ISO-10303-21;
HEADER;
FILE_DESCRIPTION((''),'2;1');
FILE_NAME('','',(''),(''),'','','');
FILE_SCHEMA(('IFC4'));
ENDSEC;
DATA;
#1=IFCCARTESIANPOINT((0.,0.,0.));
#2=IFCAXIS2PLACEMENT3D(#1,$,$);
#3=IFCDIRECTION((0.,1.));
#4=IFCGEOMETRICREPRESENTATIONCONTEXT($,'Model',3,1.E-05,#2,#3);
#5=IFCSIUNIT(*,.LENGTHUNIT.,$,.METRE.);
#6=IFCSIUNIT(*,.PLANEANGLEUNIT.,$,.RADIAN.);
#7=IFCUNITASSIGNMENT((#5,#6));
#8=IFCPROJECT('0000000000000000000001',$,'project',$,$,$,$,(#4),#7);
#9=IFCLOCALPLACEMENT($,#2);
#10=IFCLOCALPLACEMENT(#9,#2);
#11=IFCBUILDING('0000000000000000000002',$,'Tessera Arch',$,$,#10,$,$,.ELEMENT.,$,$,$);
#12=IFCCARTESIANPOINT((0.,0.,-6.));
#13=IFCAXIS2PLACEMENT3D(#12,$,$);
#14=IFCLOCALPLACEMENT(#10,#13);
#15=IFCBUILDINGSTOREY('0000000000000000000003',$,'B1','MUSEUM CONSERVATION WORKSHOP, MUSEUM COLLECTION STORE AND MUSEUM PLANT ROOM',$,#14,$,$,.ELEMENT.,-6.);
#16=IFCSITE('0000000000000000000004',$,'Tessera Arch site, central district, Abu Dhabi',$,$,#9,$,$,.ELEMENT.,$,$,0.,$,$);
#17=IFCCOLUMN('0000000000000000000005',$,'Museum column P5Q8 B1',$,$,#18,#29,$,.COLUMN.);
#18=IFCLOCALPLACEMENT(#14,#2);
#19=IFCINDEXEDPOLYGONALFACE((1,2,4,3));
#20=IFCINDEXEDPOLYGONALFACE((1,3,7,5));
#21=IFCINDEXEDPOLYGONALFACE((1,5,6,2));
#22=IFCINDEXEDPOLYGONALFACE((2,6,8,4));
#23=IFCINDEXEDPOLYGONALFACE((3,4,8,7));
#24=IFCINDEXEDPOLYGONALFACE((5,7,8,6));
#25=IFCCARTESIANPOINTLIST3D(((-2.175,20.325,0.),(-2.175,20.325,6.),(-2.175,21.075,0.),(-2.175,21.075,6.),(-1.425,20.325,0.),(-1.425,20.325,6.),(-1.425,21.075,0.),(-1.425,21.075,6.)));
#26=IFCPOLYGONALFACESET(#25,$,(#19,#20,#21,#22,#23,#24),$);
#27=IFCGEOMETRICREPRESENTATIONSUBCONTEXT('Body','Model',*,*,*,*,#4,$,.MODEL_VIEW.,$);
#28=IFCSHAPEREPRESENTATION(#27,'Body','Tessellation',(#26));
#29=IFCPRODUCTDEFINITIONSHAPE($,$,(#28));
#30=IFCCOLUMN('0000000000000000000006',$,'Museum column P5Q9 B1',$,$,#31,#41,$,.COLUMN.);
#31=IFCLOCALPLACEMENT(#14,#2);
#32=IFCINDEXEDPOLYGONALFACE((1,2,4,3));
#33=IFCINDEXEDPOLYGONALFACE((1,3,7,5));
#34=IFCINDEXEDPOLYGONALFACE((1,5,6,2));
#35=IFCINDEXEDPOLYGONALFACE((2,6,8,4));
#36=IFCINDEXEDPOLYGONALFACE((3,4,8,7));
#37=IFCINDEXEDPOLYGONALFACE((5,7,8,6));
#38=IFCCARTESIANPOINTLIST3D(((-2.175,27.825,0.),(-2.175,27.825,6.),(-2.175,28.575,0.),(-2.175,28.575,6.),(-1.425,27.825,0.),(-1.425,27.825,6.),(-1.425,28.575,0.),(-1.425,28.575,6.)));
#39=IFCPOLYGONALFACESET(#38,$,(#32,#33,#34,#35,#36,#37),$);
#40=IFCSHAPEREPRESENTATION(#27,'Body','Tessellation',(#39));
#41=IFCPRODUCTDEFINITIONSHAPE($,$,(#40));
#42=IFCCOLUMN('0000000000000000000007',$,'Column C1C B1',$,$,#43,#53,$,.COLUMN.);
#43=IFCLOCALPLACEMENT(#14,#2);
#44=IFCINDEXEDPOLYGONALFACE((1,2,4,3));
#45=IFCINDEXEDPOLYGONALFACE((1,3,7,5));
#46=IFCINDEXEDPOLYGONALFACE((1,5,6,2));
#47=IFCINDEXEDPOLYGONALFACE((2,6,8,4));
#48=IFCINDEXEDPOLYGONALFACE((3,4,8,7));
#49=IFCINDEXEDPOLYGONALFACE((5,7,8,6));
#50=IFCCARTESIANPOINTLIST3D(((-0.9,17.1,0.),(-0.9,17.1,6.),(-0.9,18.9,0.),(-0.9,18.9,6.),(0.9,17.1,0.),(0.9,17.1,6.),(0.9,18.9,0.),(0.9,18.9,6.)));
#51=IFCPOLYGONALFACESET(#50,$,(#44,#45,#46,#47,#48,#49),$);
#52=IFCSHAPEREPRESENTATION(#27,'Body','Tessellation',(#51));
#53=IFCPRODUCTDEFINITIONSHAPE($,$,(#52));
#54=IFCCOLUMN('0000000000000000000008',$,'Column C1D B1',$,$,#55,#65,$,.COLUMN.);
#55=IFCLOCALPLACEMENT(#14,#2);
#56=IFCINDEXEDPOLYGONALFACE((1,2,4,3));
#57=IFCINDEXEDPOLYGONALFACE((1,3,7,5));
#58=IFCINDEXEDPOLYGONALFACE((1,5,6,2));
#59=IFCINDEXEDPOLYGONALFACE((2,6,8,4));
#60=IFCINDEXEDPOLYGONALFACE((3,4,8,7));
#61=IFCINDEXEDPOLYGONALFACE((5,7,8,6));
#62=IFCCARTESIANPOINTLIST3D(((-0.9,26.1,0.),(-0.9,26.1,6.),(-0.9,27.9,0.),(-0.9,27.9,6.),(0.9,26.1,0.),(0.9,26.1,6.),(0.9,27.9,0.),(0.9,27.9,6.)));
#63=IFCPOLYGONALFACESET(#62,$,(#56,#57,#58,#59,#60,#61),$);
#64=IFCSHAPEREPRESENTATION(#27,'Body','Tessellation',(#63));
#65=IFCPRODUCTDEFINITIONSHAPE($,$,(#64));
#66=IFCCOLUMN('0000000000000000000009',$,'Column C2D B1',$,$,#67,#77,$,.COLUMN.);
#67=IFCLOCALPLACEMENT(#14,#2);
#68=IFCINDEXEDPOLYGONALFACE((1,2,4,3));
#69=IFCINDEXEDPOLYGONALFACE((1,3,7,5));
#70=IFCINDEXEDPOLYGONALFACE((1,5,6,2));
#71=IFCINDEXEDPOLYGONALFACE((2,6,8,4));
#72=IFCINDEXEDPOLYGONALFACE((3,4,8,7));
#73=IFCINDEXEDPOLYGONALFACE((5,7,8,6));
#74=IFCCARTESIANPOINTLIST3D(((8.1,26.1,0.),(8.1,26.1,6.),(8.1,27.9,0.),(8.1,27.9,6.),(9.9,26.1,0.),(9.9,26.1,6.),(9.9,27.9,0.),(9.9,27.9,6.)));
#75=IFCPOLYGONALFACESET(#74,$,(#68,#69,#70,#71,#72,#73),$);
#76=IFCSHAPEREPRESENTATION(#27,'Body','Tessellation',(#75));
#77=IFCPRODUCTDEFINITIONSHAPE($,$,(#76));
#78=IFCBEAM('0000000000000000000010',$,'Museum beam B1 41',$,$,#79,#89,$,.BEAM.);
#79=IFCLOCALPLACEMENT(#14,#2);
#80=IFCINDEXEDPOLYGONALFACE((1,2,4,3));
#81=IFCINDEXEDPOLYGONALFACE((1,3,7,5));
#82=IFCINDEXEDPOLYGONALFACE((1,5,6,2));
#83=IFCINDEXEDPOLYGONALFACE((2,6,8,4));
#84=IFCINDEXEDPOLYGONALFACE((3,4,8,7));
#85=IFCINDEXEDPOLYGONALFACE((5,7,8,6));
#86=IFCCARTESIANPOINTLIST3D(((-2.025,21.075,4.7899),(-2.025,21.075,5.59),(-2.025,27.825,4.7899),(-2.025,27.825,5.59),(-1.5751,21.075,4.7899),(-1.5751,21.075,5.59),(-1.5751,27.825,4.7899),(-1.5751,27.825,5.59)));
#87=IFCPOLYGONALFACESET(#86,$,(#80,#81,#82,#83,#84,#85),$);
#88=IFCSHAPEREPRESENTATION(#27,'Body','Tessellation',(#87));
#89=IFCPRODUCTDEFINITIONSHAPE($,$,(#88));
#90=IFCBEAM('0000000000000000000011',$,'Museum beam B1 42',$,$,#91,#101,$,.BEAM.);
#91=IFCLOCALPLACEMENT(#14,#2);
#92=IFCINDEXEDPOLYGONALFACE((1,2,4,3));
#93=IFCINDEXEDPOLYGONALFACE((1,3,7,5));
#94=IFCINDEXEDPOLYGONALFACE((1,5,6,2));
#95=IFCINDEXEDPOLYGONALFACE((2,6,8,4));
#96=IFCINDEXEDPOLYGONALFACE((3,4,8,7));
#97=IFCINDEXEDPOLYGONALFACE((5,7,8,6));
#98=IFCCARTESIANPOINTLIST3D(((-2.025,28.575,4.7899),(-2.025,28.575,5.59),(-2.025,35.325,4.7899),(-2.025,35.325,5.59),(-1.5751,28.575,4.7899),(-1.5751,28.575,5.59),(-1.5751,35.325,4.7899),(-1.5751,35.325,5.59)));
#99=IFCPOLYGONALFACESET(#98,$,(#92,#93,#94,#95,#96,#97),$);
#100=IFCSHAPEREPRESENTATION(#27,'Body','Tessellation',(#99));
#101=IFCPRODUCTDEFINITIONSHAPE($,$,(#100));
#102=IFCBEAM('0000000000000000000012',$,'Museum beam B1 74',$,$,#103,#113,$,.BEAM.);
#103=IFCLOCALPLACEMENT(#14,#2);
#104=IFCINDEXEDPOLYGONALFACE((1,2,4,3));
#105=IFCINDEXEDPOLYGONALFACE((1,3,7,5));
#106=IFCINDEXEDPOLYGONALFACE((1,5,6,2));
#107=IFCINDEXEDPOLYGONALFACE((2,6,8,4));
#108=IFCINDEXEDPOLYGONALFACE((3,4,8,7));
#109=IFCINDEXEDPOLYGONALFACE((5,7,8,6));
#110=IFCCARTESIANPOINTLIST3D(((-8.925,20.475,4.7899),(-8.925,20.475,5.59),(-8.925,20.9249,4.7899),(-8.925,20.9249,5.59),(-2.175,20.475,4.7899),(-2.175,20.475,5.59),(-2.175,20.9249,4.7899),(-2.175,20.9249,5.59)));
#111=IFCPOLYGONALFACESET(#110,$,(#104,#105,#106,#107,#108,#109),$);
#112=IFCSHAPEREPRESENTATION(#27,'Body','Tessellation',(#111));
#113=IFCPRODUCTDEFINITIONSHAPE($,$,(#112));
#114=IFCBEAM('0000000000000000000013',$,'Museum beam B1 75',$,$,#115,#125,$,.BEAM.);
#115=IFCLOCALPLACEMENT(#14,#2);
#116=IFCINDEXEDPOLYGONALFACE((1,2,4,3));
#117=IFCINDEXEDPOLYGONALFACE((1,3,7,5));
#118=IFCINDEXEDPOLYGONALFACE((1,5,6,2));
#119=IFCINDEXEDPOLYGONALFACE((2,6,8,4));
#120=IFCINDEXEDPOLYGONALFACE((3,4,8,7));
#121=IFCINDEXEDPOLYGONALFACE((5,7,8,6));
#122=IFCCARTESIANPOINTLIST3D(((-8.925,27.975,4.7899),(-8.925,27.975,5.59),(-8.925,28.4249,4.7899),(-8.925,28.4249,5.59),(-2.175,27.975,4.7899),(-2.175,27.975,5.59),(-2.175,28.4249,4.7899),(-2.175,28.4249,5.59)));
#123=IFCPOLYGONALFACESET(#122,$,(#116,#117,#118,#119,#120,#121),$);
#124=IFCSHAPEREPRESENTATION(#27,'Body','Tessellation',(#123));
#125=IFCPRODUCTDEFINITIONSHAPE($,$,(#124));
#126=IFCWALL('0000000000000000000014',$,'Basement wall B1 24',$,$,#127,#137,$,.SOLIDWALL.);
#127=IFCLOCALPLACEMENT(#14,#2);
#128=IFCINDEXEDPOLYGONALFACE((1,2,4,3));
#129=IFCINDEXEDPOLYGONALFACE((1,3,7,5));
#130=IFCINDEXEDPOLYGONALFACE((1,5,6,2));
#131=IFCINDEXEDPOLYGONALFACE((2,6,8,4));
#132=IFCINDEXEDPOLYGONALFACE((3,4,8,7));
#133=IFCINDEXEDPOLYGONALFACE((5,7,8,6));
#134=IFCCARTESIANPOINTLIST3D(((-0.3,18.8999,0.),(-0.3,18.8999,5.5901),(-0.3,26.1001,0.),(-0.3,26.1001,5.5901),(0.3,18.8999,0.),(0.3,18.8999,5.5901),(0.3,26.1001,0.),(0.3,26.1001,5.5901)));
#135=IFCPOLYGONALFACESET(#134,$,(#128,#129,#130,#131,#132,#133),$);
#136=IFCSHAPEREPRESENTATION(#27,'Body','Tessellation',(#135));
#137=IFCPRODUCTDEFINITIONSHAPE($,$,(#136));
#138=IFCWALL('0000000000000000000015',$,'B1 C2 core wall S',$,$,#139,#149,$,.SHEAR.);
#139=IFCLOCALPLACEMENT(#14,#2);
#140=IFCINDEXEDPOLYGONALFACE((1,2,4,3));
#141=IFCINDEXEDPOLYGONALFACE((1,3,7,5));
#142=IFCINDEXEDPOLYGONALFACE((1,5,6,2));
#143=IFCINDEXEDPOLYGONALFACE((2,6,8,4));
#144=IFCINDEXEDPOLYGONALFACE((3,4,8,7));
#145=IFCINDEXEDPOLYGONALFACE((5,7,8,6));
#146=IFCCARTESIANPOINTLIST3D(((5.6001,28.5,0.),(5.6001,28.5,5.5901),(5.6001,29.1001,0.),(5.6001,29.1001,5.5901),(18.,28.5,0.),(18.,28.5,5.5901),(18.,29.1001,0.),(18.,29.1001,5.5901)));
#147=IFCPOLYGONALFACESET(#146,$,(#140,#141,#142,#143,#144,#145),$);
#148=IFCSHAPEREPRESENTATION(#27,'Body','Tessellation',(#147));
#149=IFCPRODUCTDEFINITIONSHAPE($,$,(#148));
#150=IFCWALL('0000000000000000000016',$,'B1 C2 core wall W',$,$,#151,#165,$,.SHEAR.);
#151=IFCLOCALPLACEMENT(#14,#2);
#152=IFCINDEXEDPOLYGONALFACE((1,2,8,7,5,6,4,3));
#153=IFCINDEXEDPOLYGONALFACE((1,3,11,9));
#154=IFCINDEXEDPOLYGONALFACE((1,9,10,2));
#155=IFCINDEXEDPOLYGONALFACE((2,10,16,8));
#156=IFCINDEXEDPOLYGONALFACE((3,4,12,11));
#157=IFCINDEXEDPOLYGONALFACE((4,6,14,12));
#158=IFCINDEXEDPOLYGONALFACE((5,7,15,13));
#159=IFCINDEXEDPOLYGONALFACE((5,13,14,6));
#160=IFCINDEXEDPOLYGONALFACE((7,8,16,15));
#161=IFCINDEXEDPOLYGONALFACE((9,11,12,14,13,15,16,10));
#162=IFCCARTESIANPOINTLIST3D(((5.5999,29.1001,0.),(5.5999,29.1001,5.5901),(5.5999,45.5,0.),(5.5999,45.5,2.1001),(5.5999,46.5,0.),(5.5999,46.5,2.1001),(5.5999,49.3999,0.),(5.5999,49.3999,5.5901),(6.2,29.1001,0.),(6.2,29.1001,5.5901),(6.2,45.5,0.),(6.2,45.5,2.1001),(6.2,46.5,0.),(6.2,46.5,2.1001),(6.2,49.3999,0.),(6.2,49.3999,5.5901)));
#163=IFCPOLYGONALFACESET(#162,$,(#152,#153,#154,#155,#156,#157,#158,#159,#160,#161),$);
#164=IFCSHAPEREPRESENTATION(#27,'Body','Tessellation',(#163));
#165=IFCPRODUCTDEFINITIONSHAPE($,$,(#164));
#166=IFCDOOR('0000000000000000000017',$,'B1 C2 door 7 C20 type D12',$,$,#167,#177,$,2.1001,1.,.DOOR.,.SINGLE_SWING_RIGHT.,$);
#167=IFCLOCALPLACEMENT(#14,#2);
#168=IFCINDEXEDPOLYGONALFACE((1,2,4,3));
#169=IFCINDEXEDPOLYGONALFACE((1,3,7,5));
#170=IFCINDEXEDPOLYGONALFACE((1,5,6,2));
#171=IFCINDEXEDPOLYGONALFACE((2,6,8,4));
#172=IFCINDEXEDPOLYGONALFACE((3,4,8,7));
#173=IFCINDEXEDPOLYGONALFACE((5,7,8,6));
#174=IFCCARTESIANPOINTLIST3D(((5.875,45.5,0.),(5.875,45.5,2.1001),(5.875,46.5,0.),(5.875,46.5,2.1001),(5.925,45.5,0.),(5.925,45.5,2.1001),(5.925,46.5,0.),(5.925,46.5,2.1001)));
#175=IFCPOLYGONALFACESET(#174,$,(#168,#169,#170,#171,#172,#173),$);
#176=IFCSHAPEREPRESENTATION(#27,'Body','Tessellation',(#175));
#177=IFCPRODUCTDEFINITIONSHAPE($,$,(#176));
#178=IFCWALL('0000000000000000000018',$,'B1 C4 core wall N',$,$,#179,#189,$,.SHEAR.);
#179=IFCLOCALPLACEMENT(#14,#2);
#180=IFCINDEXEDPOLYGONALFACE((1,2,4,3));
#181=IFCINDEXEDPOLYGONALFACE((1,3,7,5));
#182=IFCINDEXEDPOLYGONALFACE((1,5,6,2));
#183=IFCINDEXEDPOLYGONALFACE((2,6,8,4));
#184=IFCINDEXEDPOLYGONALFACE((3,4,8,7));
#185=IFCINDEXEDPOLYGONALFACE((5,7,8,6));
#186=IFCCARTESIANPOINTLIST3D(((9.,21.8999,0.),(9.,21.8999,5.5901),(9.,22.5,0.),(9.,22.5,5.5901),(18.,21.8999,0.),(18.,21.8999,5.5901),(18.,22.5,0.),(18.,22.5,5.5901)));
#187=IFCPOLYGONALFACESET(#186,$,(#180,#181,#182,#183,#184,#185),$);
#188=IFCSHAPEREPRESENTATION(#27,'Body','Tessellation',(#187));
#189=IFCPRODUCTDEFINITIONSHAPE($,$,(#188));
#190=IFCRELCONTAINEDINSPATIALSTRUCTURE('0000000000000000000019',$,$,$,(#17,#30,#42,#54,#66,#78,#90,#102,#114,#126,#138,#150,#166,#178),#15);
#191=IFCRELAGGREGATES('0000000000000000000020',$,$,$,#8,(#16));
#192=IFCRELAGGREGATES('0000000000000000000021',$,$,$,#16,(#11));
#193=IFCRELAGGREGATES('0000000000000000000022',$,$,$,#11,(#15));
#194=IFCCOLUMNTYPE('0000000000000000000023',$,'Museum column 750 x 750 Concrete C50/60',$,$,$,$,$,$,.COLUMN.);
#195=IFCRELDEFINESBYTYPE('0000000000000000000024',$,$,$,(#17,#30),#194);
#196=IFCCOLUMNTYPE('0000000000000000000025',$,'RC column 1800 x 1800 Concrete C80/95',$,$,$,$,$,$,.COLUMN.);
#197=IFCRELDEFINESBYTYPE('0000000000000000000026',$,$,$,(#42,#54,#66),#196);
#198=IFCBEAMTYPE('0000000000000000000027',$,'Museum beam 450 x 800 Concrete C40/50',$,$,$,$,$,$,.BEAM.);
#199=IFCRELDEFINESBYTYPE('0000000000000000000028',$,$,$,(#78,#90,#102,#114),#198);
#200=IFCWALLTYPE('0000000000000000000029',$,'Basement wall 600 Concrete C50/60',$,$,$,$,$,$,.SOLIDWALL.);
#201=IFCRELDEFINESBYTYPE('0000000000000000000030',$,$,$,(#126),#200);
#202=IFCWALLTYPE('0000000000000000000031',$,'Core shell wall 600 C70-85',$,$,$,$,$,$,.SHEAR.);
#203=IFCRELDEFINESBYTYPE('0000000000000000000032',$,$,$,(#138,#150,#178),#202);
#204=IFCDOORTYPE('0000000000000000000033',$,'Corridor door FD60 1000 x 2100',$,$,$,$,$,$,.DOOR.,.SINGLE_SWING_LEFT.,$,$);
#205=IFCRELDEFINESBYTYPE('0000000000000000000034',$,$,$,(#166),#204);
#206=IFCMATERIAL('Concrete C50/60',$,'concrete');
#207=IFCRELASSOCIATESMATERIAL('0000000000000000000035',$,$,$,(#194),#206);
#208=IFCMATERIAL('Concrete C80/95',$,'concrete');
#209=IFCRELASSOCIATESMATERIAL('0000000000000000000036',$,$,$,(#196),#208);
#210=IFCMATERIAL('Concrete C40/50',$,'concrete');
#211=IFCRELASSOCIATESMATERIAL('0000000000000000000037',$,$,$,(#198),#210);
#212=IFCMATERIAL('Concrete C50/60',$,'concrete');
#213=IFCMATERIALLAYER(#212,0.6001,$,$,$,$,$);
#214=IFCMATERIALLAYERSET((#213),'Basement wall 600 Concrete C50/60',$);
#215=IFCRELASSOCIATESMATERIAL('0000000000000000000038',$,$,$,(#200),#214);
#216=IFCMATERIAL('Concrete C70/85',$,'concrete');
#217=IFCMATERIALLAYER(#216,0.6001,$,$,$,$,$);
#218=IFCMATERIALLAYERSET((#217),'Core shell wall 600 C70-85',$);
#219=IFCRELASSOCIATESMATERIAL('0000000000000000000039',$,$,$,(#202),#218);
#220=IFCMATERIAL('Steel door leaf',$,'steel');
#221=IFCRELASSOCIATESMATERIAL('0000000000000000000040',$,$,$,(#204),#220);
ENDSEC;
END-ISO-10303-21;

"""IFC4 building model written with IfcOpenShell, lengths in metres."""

from ifc_helpers import new_model, si_unit, direction, frame, frame_2d, origin, origin_2d, place, context, subcontext, project, spatial, rectangle, extrude, material, layer, layer_set, material_profile, profile_set, type_object, element, fill, save


model = new_model("IFC4")

# Units and contexts
model_context = context("Model", 3, precision=1e-05, world=origin(), true_north=direction((0.0, 1.0)))
body_context = subcontext(model_context, "Body", "Model", "MODEL_VIEW")
ifc_project = project(units=[si_unit("LENGTHUNIT", "METRE"), si_unit("PLANEANGLEUNIT", "RADIAN")], contexts=[model_context])

# Site, building, storey
site_placement = place(None, origin())
site = spatial("IfcSite", under=ifc_project, at=site_placement, Name="Tessera Arch site, central district, Abu Dhabi", CompositionType="ELEMENT", RefElevation=0.0)
building_placement = place(site_placement, origin())
building = spatial("IfcBuilding", under=site, at=building_placement, Name="Tessera Arch", CompositionType="ELEMENT")
storey_placement = place(building_placement, frame((0.0, 0.0, -6.0)))
storey = spatial("IfcBuildingStorey", under=building, at=storey_placement, Name="B1", Description="MUSEUM CONSERVATION WORKSHOP, MUSEUM COLLECTION STORE AND MUSEUM PLANT ROOM", CompositionType="ELEMENT", Elevation=-6.0)

# Columns
ifc_material_1 = material(Name="Concrete C50/60", Category="concrete")
ifc_material_profile_1 = material_profile(ifc_material_1, rectangle(XDim=0.75, YDim=0.75, at=origin_2d()), Name="Museum column 750 x 750 Concrete C50/60")
ifc_profile_set_1 = profile_set([ifc_material_profile_1], Name="Concrete C50/60")
column_type_1 = type_object("IfcColumnType", Name="Museum column 750 x 750 Concrete C50/60", PredefinedType="COLUMN", material=ifc_profile_set_1)
for number, where, z_axis, x_axis, name in (
    (1, (-1.8, 20.7, 0.0), (0.0, 0.0, 1.0), (1.0, 0.0, 0.0), "Museum column P5Q8 B1"),
    (2, (-1.8, 28.2, 0.0), (0.0, 0.0, 1.0), (1.0, 0.0, 0.0), "Museum column P5Q9 B1"),
):
    element("IfcColumn", number, at=place(storey_placement, frame(where, z_axis=z_axis, x_axis=x_axis)), inside=storey, type_object=column_type_1, Name=name, PredefinedType="COLUMN", context=body_context, shape_type="SweptSolid", body=[
        extrude(rectangle(XDim=0.75, YDim=0.75, at=origin_2d()), origin(), (0.0, 0.0, 1.0), 6.0),
    ])
ifc_material_2 = material(Name="Concrete C80/95", Category="concrete")
ifc_material_profile_2 = material_profile(ifc_material_2, rectangle(XDim=1.8, YDim=1.8, at=origin_2d()), Name="RC column 1800 x 1800 Concrete C80/95")
ifc_profile_set_2 = profile_set([ifc_material_profile_2], Name="Concrete C80/95")
column_type_2 = type_object("IfcColumnType", Name="RC column 1800 x 1800 Concrete C80/95", PredefinedType="COLUMN", material=ifc_profile_set_2)
for number, where, z_axis, x_axis, name in (
    (3, (0.0, 18.0, 0.0), (0.0, 0.0, 1.0), (1.0, 0.0, 0.0), "Column C1C B1"),
    (4, (0.0, 27.0, 0.0), (0.0, 0.0, 1.0), (1.0, 0.0, 0.0), "Column C1D B1"),
    (5, (9.0, 27.0, 0.0), (0.0, 0.0, 1.0), (1.0, 0.0, 0.0), "Column C2D B1"),
):
    element("IfcColumn", number, at=place(storey_placement, frame(where, z_axis=z_axis, x_axis=x_axis)), inside=storey, type_object=column_type_2, Name=name, PredefinedType="COLUMN", context=body_context, shape_type="SweptSolid", body=[
        extrude(rectangle(XDim=1.8, YDim=1.8, at=origin_2d()), origin(), (0.0, 0.0, 1.0), 6.0),
    ])

# Beams
ifc_material_3 = material(Name="Concrete C40/50", Category="concrete")
ifc_material_profile_3 = material_profile(ifc_material_3, rectangle(XDim=0.45, YDim=0.8, at=origin_2d()), Name="Museum beam 450 x 800 Concrete C40/50")
ifc_profile_set_3 = profile_set([ifc_material_profile_3], Name="Concrete C40/50")
beam_type = type_object("IfcBeamType", Name="Museum beam 450 x 800 Concrete C40/50", PredefinedType="BEAM", material=ifc_profile_set_3)
for number, where, z_axis, x_axis, name in (
    (6, (-1.8, 21.075, 5.1899), (0.0, 1.0, 0.0), (-1.0, 0.0, 0.0), "Museum beam B1 41"),
    (7, (-1.8, 28.575, 5.1899), (0.0, 1.0, 0.0), (-1.0, 0.0, 0.0), "Museum beam B1 42"),
    (8, (-8.925, 20.7, 5.1899), (1.0, 0.0, 0.0), (0.0, 1.0, 0.0), "Museum beam B1 74"),
    (9, (-8.925, 28.2, 5.1899), (1.0, 0.0, 0.0), (0.0, 1.0, 0.0), "Museum beam B1 75"),
):
    element("IfcBeam", number, at=place(storey_placement, frame(where, z_axis=z_axis, x_axis=x_axis)), inside=storey, type_object=beam_type, Name=name, PredefinedType="BEAM", context=body_context, shape_type="SweptSolid", body=[
        extrude(rectangle(XDim=0.45, YDim=0.8, at=origin_2d()), origin(), (0.0, 0.0, 1.0), 6.75),
    ])

# Walls
ifc_material_4 = material(Name="Concrete C50/60", Category="concrete")
ifc_layer_1 = layer(ifc_material_4, 0.6001)
ifc_layer_set_1 = layer_set([ifc_layer_1], Name="Basement wall 600 Concrete C50/60")
wall_type_1 = type_object("IfcWallType", Name="Basement wall 600 Concrete C50/60", PredefinedType="SOLIDWALL", material=ifc_layer_set_1)
wall_1_placement = place(storey_placement, frame((0.0, 26.1001, 0.0), z_axis=(0.0, 0.0, 1.0), x_axis=(0.0, -1.0, 0.0)))
element("IfcWall", 10, at=wall_1_placement, inside=storey, type_object=wall_type_1, Name="Basement wall B1 24", PredefinedType="SOLIDWALL", context=body_context, shape_type="SweptSolid", body=[
    extrude(rectangle(XDim=7.2002, YDim=0.6001, at=frame_2d((3.6001, 0.0))), origin(), (0.0, 0.0, 1.0), 5.5901),
])
ifc_material_5 = material(Name="Concrete C70/85", Category="concrete")
ifc_layer_2 = layer(ifc_material_5, 0.6001)
ifc_layer_set_2 = layer_set([ifc_layer_2], Name="Core shell wall 600 C70-85")
wall_type_2 = type_object("IfcWallType", Name="Core shell wall 600 C70-85", PredefinedType="SHEAR", material=ifc_layer_set_2)
wall_2_placement = place(storey_placement, frame((5.6001, 28.8, 0.0), z_axis=(0.0, 0.0, 1.0), x_axis=(1.0, 0.0, 0.0)))
element("IfcWall", 11, at=wall_2_placement, inside=storey, type_object=wall_type_2, Name="B1 C2 core wall S", PredefinedType="SHEAR", context=body_context, shape_type="SweptSolid", body=[
    extrude(rectangle(XDim=12.3999, YDim=0.6001, at=frame_2d((6.2, 0.0))), origin(), (0.0, 0.0, 1.0), 5.5901),
])

# Wall, opening, door
wall_3_placement = place(storey_placement, frame((5.8999, 29.1001, 0.0), z_axis=(0.0, 0.0, 1.0), x_axis=(0.0, 1.0, 0.0)))
wall_3 = element("IfcWall", 12, at=wall_3_placement, inside=storey, type_object=wall_type_2, Name="B1 C2 core wall W", PredefinedType="SHEAR", context=body_context, shape_type="SweptSolid", body=[
    extrude(rectangle(XDim=20.2998, YDim=0.6001, at=frame_2d((10.1499, 0.0))), origin(), (0.0, 0.0, 1.0), 5.5901),
])
opening_1_placement = place(wall_3_placement, frame((16.3999, 0.0, 0.0)))
opening_1 = element("IfcOpeningElement", 13, at=opening_1_placement, cuts=wall_3, PredefinedType="OPENING", context=body_context, shape_type="SweptSolid", body=[
    extrude(rectangle(XDim=1.0, YDim=2.1001, at=frame_2d((0.5, 1.05))), frame((0.0, 0.3101, 0.0), z_axis=(0.0, -1.0, 0.0), x_axis=(1.0, 0.0, 0.0)), (0.0, 0.0, 1.0), 0.6201),
])
ifc_material_6 = material(Name="Steel door leaf", Category="steel")
door_type_1 = type_object("IfcDoorType", Name="Corridor door FD60 1000 x 2100", OperationType="SINGLE_SWING_LEFT", PredefinedType="DOOR", material=ifc_material_6)
door_1_placement = place(opening_1_placement, origin())
door_1 = element("IfcDoor", 14, at=door_1_placement, inside=storey, type_object=door_type_1, Name="B1 C2 door 7 C20 type D12", OperationType="SINGLE_SWING_RIGHT", OverallHeight=2.1001, OverallWidth=1.0, PredefinedType="DOOR", context=body_context, shape_type="SweptSolid", body=[
    extrude(rectangle(XDim=1.0, YDim=2.1001, at=frame_2d((0.5, 1.05))), frame((0.0, 0.0249, 0.0), z_axis=(0.0, -1.0, 0.0), x_axis=(1.0, 0.0, 0.0)), (0.0, 0.0, 1.0), 0.05),
])
fill(opening_1, door_1)

# Wall
wall_4_placement = place(storey_placement, frame((9.0, 22.2, 0.0), z_axis=(0.0, 0.0, 1.0), x_axis=(1.0, 0.0, 0.0)))
element("IfcWall", 15, at=wall_4_placement, inside=storey, type_object=wall_type_2, Name="B1 C4 core wall N", PredefinedType="SHEAR", context=body_context, shape_type="SweptSolid", body=[
    extrude(rectangle(XDim=9.0, YDim=0.6001, at=frame_2d((4.5, 0.0))), origin(), (0.0, 0.0, 1.0), 5.5901),
])

save(model, "model.ifc")
